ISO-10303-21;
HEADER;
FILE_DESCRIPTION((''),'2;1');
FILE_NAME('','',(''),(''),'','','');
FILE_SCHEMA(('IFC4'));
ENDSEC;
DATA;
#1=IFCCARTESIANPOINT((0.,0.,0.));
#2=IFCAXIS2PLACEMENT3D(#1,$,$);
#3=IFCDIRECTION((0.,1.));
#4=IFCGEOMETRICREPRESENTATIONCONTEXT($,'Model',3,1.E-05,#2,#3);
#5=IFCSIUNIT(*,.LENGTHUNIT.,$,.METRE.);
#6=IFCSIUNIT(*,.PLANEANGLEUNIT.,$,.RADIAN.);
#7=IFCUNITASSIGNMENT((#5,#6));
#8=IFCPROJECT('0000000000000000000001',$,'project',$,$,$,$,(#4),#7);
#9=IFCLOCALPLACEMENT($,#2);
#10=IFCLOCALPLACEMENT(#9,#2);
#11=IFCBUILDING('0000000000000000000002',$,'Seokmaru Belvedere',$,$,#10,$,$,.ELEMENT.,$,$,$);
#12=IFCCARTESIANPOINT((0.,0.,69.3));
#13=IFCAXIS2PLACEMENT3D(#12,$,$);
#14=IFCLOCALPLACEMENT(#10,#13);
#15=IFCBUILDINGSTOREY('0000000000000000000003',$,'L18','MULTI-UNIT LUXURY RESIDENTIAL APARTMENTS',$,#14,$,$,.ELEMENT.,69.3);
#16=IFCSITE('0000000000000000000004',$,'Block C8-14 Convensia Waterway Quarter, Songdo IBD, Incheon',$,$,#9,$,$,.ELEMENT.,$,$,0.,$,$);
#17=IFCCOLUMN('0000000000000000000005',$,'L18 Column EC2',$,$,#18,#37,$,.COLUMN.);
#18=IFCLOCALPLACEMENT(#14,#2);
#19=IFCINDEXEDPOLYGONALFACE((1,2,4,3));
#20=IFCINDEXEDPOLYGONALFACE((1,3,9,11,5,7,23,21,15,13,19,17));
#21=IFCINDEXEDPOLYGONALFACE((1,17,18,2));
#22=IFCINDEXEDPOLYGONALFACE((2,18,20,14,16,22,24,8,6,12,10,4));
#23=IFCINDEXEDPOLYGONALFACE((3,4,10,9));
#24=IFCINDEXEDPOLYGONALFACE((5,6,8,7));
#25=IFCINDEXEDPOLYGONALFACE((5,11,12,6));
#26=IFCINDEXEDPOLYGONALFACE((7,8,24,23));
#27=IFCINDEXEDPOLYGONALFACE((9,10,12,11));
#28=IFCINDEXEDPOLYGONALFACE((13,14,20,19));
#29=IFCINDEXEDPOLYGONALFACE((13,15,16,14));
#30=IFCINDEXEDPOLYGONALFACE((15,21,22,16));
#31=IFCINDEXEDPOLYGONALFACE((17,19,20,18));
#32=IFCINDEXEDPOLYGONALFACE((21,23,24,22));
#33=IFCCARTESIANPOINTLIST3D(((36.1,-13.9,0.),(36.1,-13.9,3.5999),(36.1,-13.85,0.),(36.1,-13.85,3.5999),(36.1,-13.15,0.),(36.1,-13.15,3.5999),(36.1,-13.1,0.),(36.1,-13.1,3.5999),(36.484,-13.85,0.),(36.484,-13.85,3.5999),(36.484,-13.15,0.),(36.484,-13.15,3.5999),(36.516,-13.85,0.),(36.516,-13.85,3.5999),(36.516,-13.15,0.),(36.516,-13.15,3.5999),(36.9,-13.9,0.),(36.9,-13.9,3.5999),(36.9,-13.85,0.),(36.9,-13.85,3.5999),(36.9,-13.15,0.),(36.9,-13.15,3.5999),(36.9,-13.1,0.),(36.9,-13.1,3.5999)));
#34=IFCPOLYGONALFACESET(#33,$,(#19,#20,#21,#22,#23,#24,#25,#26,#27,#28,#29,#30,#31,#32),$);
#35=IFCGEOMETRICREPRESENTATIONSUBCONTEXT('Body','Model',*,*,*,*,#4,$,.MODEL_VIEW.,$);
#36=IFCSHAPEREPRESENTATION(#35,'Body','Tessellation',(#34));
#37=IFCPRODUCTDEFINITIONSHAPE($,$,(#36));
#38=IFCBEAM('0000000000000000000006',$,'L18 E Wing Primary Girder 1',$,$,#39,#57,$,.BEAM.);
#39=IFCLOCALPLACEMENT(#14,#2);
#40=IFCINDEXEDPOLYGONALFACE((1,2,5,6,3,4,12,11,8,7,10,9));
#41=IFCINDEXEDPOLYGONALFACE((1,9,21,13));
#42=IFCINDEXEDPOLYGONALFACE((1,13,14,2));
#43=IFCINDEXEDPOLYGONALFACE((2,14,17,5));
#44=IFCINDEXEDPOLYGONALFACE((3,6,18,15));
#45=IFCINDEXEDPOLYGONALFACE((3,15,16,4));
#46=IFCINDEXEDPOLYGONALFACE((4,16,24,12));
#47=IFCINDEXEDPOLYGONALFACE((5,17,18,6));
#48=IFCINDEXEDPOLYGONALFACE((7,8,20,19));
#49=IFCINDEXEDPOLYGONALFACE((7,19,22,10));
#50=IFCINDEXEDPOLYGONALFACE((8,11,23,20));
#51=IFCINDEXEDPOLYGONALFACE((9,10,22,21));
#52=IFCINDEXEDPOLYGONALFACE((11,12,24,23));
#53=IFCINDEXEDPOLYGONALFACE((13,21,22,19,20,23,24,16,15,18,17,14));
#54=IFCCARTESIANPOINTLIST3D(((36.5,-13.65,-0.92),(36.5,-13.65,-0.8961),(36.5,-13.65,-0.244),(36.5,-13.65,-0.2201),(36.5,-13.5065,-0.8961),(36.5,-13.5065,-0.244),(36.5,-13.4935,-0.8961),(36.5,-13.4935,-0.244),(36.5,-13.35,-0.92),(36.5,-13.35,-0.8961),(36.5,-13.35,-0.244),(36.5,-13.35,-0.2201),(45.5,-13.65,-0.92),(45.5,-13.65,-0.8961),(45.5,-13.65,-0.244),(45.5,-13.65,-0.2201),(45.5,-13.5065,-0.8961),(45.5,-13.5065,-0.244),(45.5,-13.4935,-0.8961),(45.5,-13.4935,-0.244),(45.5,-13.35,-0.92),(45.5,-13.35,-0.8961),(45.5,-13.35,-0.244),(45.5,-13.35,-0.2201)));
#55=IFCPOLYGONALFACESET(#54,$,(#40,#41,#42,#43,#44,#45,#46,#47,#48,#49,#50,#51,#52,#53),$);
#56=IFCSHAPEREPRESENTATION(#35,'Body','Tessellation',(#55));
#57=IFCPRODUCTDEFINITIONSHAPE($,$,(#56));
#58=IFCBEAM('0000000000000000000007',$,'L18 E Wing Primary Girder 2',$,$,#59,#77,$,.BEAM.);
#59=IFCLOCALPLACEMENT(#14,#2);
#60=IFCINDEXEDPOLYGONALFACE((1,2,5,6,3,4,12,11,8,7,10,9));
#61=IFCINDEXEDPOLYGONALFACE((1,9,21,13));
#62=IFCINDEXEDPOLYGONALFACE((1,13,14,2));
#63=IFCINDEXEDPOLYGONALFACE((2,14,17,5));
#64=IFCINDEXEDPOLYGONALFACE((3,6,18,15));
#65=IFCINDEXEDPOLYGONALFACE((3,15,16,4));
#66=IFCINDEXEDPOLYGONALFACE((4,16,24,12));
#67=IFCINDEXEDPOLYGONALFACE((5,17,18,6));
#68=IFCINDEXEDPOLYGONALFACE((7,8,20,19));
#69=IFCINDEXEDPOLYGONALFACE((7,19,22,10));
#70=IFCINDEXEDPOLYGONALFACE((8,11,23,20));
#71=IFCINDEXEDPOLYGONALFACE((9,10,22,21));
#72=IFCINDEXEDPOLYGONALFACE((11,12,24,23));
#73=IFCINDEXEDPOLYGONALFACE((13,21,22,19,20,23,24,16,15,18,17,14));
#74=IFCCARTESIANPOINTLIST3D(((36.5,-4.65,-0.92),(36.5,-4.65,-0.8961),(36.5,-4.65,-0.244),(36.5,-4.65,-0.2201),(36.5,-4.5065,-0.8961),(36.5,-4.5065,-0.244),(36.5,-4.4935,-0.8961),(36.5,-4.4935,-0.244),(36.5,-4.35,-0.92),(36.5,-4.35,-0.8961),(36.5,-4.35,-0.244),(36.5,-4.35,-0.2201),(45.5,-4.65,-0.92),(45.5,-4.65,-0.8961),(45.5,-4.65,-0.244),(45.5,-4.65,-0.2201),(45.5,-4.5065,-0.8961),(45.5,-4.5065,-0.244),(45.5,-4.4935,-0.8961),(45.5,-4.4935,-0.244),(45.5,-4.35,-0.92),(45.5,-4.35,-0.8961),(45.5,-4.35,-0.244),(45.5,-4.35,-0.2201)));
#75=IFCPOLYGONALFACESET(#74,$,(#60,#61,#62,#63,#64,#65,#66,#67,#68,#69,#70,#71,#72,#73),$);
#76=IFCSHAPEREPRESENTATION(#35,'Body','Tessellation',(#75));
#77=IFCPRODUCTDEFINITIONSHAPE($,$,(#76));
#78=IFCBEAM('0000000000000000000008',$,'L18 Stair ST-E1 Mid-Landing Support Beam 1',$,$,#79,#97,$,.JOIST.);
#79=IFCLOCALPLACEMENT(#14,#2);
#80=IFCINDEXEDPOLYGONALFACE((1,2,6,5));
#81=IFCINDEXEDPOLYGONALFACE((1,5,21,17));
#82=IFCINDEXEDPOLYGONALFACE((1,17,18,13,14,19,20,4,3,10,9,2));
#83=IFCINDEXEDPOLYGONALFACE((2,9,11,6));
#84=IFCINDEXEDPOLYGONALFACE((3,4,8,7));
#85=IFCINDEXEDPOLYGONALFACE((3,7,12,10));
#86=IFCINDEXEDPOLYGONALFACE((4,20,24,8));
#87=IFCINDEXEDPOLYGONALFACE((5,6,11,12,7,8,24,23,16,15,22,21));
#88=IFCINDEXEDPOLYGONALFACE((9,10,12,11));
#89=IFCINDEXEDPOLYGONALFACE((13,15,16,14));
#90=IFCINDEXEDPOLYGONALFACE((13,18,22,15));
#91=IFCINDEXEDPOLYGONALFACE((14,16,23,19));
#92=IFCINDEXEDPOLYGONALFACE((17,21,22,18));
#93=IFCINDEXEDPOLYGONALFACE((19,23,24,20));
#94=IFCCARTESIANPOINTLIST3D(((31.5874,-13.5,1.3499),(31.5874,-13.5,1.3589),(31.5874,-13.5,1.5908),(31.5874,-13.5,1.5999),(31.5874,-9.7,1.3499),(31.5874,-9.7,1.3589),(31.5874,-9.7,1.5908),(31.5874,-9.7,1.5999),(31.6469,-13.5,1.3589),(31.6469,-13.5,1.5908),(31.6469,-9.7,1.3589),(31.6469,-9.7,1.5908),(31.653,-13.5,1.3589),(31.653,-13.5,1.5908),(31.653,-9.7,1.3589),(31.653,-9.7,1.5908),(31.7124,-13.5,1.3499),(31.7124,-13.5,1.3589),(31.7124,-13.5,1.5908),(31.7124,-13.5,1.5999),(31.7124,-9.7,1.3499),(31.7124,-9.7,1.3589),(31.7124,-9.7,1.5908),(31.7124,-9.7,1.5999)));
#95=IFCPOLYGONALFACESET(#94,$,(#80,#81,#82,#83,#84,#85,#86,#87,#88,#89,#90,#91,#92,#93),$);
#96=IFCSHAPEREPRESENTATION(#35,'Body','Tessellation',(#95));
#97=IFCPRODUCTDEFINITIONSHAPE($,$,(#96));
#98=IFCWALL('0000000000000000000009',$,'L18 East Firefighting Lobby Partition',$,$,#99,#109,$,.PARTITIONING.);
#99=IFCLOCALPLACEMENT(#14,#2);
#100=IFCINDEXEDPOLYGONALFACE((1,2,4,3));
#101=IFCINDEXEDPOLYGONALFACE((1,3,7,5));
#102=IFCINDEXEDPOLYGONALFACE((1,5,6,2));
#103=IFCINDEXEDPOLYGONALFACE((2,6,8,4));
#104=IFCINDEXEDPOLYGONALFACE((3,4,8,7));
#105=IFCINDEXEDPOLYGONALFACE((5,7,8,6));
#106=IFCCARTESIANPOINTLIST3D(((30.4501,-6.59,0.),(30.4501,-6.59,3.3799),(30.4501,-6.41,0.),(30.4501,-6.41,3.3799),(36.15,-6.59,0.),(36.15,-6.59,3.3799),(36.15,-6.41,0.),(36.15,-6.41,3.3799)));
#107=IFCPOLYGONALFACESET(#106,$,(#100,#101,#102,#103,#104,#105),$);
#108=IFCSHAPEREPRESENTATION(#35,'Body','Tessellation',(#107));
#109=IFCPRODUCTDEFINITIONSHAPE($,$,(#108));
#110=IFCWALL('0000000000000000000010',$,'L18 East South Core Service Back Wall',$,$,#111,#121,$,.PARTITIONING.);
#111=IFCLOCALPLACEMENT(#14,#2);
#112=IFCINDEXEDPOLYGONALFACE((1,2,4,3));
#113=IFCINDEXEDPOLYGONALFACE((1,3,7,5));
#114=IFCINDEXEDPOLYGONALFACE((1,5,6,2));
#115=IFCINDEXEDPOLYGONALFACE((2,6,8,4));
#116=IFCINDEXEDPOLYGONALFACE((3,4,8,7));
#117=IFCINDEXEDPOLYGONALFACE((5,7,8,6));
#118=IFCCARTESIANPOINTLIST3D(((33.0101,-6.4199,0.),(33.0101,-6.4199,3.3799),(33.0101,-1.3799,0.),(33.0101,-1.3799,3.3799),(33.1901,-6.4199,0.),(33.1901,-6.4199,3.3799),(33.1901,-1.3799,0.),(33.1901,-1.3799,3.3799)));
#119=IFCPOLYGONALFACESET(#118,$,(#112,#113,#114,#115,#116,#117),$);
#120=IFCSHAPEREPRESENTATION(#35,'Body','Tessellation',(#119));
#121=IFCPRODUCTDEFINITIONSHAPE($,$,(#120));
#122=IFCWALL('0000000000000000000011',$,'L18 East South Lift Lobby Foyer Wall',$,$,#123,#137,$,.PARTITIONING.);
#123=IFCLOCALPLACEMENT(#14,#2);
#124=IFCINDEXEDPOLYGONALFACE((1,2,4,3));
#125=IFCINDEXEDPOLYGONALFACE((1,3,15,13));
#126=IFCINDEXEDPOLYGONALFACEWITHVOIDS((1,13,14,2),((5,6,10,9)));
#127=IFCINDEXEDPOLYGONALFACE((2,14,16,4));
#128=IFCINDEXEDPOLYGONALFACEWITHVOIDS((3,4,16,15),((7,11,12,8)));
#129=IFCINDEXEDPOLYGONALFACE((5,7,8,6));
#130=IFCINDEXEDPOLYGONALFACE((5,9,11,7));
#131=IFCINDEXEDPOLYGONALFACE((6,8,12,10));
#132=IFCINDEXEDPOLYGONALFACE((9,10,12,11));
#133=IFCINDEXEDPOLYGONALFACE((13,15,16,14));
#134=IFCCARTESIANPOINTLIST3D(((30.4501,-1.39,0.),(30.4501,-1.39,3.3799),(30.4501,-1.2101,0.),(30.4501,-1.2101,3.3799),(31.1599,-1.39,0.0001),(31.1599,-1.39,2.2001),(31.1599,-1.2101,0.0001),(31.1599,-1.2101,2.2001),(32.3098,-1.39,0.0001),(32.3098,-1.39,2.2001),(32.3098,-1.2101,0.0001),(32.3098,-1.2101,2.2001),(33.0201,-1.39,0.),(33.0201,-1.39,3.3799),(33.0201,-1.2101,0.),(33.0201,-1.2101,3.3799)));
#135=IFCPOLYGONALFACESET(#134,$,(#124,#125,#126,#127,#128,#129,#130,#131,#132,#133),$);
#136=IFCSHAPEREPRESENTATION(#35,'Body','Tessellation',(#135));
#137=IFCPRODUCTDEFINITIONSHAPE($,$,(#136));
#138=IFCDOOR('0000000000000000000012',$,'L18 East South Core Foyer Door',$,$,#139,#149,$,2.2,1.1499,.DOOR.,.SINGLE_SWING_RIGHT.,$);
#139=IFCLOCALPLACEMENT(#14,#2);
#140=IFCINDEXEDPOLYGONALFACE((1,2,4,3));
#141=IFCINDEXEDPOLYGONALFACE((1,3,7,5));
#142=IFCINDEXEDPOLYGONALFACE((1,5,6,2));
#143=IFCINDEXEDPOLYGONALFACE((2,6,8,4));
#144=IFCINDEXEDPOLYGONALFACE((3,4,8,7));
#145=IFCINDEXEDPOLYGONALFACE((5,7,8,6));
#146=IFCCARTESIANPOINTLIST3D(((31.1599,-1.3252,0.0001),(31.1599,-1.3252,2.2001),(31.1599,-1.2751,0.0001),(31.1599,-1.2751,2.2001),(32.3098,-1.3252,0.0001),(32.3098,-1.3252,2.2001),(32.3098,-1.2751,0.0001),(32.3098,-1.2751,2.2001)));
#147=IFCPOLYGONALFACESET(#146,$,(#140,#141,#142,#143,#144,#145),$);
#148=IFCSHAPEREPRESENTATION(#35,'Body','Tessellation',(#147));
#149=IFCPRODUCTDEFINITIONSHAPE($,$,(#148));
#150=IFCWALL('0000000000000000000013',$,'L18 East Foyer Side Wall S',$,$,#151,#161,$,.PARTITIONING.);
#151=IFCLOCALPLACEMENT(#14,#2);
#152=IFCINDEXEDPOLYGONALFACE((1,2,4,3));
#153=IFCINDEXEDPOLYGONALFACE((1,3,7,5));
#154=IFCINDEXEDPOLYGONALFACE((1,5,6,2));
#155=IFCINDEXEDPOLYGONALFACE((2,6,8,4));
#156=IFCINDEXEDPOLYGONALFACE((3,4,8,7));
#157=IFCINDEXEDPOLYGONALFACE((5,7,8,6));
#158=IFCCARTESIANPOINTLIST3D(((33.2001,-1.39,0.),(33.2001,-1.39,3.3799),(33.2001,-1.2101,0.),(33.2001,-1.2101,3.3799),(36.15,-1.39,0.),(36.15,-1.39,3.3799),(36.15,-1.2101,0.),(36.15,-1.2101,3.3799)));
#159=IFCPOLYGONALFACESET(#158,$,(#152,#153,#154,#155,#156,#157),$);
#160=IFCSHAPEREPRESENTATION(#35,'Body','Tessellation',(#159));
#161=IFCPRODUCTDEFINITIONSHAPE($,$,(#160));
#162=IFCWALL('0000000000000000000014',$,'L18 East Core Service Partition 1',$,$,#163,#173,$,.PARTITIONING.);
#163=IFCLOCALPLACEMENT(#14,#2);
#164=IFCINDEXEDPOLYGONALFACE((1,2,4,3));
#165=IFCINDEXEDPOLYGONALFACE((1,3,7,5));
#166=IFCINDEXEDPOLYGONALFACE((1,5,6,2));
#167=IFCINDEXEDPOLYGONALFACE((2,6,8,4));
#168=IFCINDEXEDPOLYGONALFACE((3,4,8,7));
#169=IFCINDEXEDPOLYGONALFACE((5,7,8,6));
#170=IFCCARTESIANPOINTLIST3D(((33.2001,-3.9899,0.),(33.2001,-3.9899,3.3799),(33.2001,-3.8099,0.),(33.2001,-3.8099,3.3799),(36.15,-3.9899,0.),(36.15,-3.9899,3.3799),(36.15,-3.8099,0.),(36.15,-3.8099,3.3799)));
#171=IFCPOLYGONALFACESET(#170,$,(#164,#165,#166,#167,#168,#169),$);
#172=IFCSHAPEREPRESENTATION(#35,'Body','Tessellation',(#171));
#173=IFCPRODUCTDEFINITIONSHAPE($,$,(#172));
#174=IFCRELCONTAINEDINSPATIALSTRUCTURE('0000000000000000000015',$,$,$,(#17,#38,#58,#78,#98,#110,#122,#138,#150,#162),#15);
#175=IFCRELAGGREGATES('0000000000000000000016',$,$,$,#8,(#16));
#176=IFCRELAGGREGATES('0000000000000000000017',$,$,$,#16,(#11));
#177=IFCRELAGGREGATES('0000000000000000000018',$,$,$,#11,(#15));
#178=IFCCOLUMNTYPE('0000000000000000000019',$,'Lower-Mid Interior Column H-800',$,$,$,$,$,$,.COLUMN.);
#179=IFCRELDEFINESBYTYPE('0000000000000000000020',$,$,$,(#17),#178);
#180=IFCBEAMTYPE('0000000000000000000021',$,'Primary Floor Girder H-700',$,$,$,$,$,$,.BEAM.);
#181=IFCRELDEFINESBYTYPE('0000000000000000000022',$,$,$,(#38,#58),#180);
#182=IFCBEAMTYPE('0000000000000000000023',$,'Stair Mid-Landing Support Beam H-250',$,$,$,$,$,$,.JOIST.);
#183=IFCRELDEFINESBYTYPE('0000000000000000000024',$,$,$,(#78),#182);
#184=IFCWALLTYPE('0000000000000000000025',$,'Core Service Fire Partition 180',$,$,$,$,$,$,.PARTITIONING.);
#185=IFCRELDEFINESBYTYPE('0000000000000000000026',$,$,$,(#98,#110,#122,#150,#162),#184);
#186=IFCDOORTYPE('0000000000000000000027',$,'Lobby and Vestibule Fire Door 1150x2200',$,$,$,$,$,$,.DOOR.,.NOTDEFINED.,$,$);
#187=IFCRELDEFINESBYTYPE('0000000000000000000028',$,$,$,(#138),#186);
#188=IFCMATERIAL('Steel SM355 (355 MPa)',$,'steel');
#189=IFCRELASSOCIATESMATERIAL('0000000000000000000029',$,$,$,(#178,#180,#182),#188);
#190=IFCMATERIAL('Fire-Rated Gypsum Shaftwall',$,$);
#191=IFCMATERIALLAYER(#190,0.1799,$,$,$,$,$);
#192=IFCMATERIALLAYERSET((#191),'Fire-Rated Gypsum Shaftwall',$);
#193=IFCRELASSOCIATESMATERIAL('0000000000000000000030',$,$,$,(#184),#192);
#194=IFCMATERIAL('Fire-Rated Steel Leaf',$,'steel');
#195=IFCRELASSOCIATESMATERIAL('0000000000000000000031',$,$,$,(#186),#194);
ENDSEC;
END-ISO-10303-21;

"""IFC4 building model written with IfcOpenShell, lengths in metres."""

from ifc_helpers import new_model, si_unit, direction, frame, frame_2d, origin, origin_2d, place, context, subcontext, project, spatial, rectangle, i_section, extrude, source, transform, mapped, material, layer, layer_set, material_profile, profile_set, type_object, type_shapes, element, fill, save


model = new_model("IFC4")

# Units and contexts
model_context = context("Model", 3, precision=1e-05, world=origin(), true_north=direction((0.0, 1.0)))
body_context = subcontext(model_context, "Body", "Model", "MODEL_VIEW")
ifc_project = project(units=[si_unit("LENGTHUNIT", "METRE"), si_unit("PLANEANGLEUNIT", "RADIAN")], contexts=[model_context])

# Site, building, storey
site_placement = place(None, origin())
site = spatial("IfcSite", under=ifc_project, at=site_placement, Name="Block C8-14 Convensia Waterway Quarter, Songdo IBD, Incheon", CompositionType="ELEMENT", RefElevation=0.0)
building_placement = place(site_placement, origin())
building = spatial("IfcBuilding", under=site, at=building_placement, Name="Seokmaru Belvedere", CompositionType="ELEMENT")
storey_placement = place(building_placement, frame((0.0, 0.0, 69.3)))
storey = spatial("IfcBuildingStorey", under=building, at=storey_placement, Name="L18", Description="MULTI-UNIT LUXURY RESIDENTIAL APARTMENTS", CompositionType="ELEMENT", Elevation=69.3)

# Column
ifc_material_1 = material(Name="Steel SM355 (355 MPa)", Category="steel")
ifc_material_profile_1 = material_profile(ifc_material_1, i_section(OverallWidth=0.8, OverallDepth=0.8, WebThickness=0.032, FlangeThickness=0.05, at=origin_2d()), Name="H-800x800x32x50")
ifc_profile_set_1 = profile_set([ifc_material_profile_1], Name="Steel SM355 (355 MPa)")
column_type = type_object("IfcColumnType", Name="Lower-Mid Interior Column H-800", PredefinedType="COLUMN", material=ifc_profile_set_1)
shared_shape_1 = source(origin(), body_context, "Body", "SweptSolid", [
    extrude(i_section(OverallWidth=0.8, OverallDepth=0.8, WebThickness=0.032, FlangeThickness=0.05, at=origin_2d()), origin(), (0.0, 0.0, 1.0), 3.5999),
])
type_shapes(column_type, [shared_shape_1])
column_placement = place(storey_placement, frame((36.5, -13.5, 0.0), z_axis=(0.0, 0.0, 1.0), x_axis=(1.0, 0.0, 0.0)))
element("IfcColumn", 1, at=column_placement, inside=storey, type_object=column_type, Name="L18 Column EC2", PredefinedType="COLUMN", context=body_context, shape_type="MappedRepresentation", body=[
    mapped(shared_shape_1, transform((0.0, 0.0, 0.0), scale=1.0)),
])

# Beams
ifc_material_profile_2 = material_profile(ifc_material_1, i_section(OverallWidth=0.3, OverallDepth=0.7, WebThickness=0.0129, FlangeThickness=0.0239, at=origin_2d()), Name="H-700x300x13x24")
ifc_profile_set_2 = profile_set([ifc_material_profile_2], Name="Steel SM355 (355 MPa)")
beam_type_1 = type_object("IfcBeamType", Name="Primary Floor Girder H-700", PredefinedType="BEAM", material=ifc_profile_set_2)
shared_shape_2 = source(origin(), body_context, "Body", "SweptSolid", [
    extrude(i_section(OverallWidth=0.3, OverallDepth=0.7, WebThickness=0.0129, FlangeThickness=0.0239, at=origin_2d()), origin(), (0.0, 0.0, 1.0), 9.0),
])
type_shapes(beam_type_1, [shared_shape_2])
for number, where, z_axis, x_axis, name in (
    (2, (36.5, -13.5, -0.5701), (1.0, 0.0, 0.0), (0.0, 1.0, 0.0), "L18 E Wing Primary Girder 1"),
    (3, (36.5, -4.5, -0.5701), (1.0, 0.0, 0.0), (0.0, 1.0, 0.0), "L18 E Wing Primary Girder 2"),
):
    element("IfcBeam", number, at=place(storey_placement, frame(where, z_axis=z_axis, x_axis=x_axis)), inside=storey, type_object=beam_type_1, Name=name, PredefinedType="BEAM", context=body_context, shape_type="MappedRepresentation", body=[
        mapped(shared_shape_2, transform((0.0, 0.0, 0.0), scale=1.0)),
    ])
ifc_material_profile_3 = material_profile(ifc_material_1, i_section(OverallWidth=0.125, OverallDepth=0.25, WebThickness=0.0061, FlangeThickness=0.009, at=origin_2d()), Name="H-250x125x6x9")
ifc_profile_set_3 = profile_set([ifc_material_profile_3], Name="Steel SM355 (355 MPa)")
beam_type_2 = type_object("IfcBeamType", Name="Stair Mid-Landing Support Beam H-250", PredefinedType="JOIST", material=ifc_profile_set_3)
shared_shape_3 = source(origin(), body_context, "Body", "SweptSolid", [
    extrude(i_section(OverallWidth=0.125, OverallDepth=0.25, WebThickness=0.0061, FlangeThickness=0.009, at=origin_2d()), origin(), (0.0, 0.0, 1.0), 3.8),
])
type_shapes(beam_type_2, [shared_shape_3])
beam_placement = place(storey_placement, frame((31.6499, -13.5, 1.4749), z_axis=(0.0, 1.0, 0.0), x_axis=(-1.0, 0.0, 0.0)))
element("IfcBeam", 4, at=beam_placement, inside=storey, type_object=beam_type_2, Name="L18 Stair ST-E1 Mid-Landing Support Beam 1", PredefinedType="JOIST", context=body_context, shape_type="MappedRepresentation", body=[
    mapped(shared_shape_3, transform((0.0, 0.0, 0.0), scale=1.0)),
])

# Walls
ifc_material_2 = material(Name="Fire-Rated Gypsum Shaftwall")
ifc_layer_1 = layer(ifc_material_2, 0.1799)
ifc_layer_set_1 = layer_set([ifc_layer_1], Name="Fire-Rated Gypsum Shaftwall")
wall_type_1 = type_object("IfcWallType", Name="Core Service Fire Partition 180", PredefinedType="PARTITIONING", material=ifc_layer_set_1)
wall_1_placement = place(storey_placement, frame((30.45, -6.5, 0.0), z_axis=(0.0, 0.0, 1.0), x_axis=(1.0, 0.0, 0.0)))
element("IfcWall", 5, at=wall_1_placement, inside=storey, type_object=wall_type_1, Name="L18 East Firefighting Lobby Partition", PredefinedType="PARTITIONING", context=body_context, shape_type="SweptSolid", body=[
    extrude(rectangle(XDim=5.7, YDim=0.1799, at=frame_2d((2.8501, 0.0))), origin(), (0.0, 0.0, 1.0), 3.3799),
])
wall_2_placement = place(storey_placement, frame((33.1001, -6.4199, 0.0), z_axis=(0.0, 0.0, 1.0), x_axis=(0.0, 1.0, 0.0)))
element("IfcWall", 6, at=wall_2_placement, inside=storey, type_object=wall_type_1, Name="L18 East South Core Service Back Wall", PredefinedType="PARTITIONING", context=body_context, shape_type="SweptSolid", body=[
    extrude(rectangle(XDim=5.04, YDim=0.1799, at=frame_2d((2.52, 0.0))), origin(), (0.0, 0.0, 1.0), 3.3799),
])

# Wall, opening, door
wall_3_placement = place(storey_placement, frame((30.45, -1.3, 0.0), z_axis=(0.0, 0.0, 1.0), x_axis=(1.0, 0.0, 0.0)))
wall_3 = element("IfcWall", 7, at=wall_3_placement, inside=storey, type_object=wall_type_1, Name="L18 East South Lift Lobby Foyer Wall", PredefinedType="PARTITIONING", context=body_context, shape_type="SweptSolid", body=[
    extrude(rectangle(XDim=2.5701, YDim=0.1799, at=frame_2d((1.2852, 0.0))), origin(), (0.0, 0.0, 1.0), 3.3799),
])
opening_1_placement = place(wall_3_placement, frame((0.71, 0.0, 0.0)))
opening_1 = element("IfcOpeningElement", 8, at=opening_1_placement, cuts=wall_3, PredefinedType="OPENING", context=body_context, shape_type="SweptSolid", body=[
    extrude(rectangle(XDim=1.1499, YDim=2.2, at=frame_2d((0.575, 1.1001))), frame((0.0, 0.1001, 0.0), z_axis=(0.0, -1.0, 0.0), x_axis=(1.0, 0.0, 0.0)), (0.0, 0.0, 1.0), 0.2),
])
ifc_material_3 = material(Name="Fire-Rated Steel Leaf", Category="steel")
door_type_1 = type_object("IfcDoorType", Name="Lobby and Vestibule Fire Door 1150x2200", OperationType="NOTDEFINED", PredefinedType="DOOR", material=ifc_material_3)
shared_shape_4 = source(origin(), body_context, "Body", "SweptSolid", [
    extrude(rectangle(XDim=1.1499, YDim=2.2, at=frame_2d((0.575, 1.1001))), frame((0.0, 0.0249, 0.0), z_axis=(0.0, -1.0, 0.0), x_axis=(1.0, 0.0, 0.0)), (0.0, 0.0, 1.0), 0.05),
])
type_shapes(door_type_1, [shared_shape_4])
door_1_placement = place(opening_1_placement, origin())
door_1 = element("IfcDoor", 9, at=door_1_placement, inside=storey, type_object=door_type_1, Name="L18 East South Core Foyer Door", OperationType="SINGLE_SWING_RIGHT", OverallHeight=2.2, OverallWidth=1.1499, PredefinedType="DOOR", context=body_context, shape_type="MappedRepresentation", body=[
    mapped(shared_shape_4, transform((0.0, 0.0, 0.0), scale=1.0)),
])
fill(opening_1, door_1)

# Walls
for number, where, z_axis, x_axis, name in (
    (10, (33.2, -1.3, 0.0), (0.0, 0.0, 1.0), (1.0, 0.0, 0.0), "L18 East Foyer Side Wall S"),
    (11, (33.2, -3.8999, 0.0), (0.0, 0.0, 1.0), (1.0, 0.0, 0.0), "L18 East Core Service Partition 1"),
):
    element("IfcWall", number, at=place(storey_placement, frame(where, z_axis=z_axis, x_axis=x_axis)), inside=storey, type_object=wall_type_1, Name=name, PredefinedType="PARTITIONING", context=body_context, shape_type="SweptSolid", body=[
        extrude(rectangle(XDim=2.95, YDim=0.1799, at=frame_2d((1.4751, 0.0))), origin(), (0.0, 0.0, 1.0), 3.3799),
    ])

save(model, "model.ifc")
